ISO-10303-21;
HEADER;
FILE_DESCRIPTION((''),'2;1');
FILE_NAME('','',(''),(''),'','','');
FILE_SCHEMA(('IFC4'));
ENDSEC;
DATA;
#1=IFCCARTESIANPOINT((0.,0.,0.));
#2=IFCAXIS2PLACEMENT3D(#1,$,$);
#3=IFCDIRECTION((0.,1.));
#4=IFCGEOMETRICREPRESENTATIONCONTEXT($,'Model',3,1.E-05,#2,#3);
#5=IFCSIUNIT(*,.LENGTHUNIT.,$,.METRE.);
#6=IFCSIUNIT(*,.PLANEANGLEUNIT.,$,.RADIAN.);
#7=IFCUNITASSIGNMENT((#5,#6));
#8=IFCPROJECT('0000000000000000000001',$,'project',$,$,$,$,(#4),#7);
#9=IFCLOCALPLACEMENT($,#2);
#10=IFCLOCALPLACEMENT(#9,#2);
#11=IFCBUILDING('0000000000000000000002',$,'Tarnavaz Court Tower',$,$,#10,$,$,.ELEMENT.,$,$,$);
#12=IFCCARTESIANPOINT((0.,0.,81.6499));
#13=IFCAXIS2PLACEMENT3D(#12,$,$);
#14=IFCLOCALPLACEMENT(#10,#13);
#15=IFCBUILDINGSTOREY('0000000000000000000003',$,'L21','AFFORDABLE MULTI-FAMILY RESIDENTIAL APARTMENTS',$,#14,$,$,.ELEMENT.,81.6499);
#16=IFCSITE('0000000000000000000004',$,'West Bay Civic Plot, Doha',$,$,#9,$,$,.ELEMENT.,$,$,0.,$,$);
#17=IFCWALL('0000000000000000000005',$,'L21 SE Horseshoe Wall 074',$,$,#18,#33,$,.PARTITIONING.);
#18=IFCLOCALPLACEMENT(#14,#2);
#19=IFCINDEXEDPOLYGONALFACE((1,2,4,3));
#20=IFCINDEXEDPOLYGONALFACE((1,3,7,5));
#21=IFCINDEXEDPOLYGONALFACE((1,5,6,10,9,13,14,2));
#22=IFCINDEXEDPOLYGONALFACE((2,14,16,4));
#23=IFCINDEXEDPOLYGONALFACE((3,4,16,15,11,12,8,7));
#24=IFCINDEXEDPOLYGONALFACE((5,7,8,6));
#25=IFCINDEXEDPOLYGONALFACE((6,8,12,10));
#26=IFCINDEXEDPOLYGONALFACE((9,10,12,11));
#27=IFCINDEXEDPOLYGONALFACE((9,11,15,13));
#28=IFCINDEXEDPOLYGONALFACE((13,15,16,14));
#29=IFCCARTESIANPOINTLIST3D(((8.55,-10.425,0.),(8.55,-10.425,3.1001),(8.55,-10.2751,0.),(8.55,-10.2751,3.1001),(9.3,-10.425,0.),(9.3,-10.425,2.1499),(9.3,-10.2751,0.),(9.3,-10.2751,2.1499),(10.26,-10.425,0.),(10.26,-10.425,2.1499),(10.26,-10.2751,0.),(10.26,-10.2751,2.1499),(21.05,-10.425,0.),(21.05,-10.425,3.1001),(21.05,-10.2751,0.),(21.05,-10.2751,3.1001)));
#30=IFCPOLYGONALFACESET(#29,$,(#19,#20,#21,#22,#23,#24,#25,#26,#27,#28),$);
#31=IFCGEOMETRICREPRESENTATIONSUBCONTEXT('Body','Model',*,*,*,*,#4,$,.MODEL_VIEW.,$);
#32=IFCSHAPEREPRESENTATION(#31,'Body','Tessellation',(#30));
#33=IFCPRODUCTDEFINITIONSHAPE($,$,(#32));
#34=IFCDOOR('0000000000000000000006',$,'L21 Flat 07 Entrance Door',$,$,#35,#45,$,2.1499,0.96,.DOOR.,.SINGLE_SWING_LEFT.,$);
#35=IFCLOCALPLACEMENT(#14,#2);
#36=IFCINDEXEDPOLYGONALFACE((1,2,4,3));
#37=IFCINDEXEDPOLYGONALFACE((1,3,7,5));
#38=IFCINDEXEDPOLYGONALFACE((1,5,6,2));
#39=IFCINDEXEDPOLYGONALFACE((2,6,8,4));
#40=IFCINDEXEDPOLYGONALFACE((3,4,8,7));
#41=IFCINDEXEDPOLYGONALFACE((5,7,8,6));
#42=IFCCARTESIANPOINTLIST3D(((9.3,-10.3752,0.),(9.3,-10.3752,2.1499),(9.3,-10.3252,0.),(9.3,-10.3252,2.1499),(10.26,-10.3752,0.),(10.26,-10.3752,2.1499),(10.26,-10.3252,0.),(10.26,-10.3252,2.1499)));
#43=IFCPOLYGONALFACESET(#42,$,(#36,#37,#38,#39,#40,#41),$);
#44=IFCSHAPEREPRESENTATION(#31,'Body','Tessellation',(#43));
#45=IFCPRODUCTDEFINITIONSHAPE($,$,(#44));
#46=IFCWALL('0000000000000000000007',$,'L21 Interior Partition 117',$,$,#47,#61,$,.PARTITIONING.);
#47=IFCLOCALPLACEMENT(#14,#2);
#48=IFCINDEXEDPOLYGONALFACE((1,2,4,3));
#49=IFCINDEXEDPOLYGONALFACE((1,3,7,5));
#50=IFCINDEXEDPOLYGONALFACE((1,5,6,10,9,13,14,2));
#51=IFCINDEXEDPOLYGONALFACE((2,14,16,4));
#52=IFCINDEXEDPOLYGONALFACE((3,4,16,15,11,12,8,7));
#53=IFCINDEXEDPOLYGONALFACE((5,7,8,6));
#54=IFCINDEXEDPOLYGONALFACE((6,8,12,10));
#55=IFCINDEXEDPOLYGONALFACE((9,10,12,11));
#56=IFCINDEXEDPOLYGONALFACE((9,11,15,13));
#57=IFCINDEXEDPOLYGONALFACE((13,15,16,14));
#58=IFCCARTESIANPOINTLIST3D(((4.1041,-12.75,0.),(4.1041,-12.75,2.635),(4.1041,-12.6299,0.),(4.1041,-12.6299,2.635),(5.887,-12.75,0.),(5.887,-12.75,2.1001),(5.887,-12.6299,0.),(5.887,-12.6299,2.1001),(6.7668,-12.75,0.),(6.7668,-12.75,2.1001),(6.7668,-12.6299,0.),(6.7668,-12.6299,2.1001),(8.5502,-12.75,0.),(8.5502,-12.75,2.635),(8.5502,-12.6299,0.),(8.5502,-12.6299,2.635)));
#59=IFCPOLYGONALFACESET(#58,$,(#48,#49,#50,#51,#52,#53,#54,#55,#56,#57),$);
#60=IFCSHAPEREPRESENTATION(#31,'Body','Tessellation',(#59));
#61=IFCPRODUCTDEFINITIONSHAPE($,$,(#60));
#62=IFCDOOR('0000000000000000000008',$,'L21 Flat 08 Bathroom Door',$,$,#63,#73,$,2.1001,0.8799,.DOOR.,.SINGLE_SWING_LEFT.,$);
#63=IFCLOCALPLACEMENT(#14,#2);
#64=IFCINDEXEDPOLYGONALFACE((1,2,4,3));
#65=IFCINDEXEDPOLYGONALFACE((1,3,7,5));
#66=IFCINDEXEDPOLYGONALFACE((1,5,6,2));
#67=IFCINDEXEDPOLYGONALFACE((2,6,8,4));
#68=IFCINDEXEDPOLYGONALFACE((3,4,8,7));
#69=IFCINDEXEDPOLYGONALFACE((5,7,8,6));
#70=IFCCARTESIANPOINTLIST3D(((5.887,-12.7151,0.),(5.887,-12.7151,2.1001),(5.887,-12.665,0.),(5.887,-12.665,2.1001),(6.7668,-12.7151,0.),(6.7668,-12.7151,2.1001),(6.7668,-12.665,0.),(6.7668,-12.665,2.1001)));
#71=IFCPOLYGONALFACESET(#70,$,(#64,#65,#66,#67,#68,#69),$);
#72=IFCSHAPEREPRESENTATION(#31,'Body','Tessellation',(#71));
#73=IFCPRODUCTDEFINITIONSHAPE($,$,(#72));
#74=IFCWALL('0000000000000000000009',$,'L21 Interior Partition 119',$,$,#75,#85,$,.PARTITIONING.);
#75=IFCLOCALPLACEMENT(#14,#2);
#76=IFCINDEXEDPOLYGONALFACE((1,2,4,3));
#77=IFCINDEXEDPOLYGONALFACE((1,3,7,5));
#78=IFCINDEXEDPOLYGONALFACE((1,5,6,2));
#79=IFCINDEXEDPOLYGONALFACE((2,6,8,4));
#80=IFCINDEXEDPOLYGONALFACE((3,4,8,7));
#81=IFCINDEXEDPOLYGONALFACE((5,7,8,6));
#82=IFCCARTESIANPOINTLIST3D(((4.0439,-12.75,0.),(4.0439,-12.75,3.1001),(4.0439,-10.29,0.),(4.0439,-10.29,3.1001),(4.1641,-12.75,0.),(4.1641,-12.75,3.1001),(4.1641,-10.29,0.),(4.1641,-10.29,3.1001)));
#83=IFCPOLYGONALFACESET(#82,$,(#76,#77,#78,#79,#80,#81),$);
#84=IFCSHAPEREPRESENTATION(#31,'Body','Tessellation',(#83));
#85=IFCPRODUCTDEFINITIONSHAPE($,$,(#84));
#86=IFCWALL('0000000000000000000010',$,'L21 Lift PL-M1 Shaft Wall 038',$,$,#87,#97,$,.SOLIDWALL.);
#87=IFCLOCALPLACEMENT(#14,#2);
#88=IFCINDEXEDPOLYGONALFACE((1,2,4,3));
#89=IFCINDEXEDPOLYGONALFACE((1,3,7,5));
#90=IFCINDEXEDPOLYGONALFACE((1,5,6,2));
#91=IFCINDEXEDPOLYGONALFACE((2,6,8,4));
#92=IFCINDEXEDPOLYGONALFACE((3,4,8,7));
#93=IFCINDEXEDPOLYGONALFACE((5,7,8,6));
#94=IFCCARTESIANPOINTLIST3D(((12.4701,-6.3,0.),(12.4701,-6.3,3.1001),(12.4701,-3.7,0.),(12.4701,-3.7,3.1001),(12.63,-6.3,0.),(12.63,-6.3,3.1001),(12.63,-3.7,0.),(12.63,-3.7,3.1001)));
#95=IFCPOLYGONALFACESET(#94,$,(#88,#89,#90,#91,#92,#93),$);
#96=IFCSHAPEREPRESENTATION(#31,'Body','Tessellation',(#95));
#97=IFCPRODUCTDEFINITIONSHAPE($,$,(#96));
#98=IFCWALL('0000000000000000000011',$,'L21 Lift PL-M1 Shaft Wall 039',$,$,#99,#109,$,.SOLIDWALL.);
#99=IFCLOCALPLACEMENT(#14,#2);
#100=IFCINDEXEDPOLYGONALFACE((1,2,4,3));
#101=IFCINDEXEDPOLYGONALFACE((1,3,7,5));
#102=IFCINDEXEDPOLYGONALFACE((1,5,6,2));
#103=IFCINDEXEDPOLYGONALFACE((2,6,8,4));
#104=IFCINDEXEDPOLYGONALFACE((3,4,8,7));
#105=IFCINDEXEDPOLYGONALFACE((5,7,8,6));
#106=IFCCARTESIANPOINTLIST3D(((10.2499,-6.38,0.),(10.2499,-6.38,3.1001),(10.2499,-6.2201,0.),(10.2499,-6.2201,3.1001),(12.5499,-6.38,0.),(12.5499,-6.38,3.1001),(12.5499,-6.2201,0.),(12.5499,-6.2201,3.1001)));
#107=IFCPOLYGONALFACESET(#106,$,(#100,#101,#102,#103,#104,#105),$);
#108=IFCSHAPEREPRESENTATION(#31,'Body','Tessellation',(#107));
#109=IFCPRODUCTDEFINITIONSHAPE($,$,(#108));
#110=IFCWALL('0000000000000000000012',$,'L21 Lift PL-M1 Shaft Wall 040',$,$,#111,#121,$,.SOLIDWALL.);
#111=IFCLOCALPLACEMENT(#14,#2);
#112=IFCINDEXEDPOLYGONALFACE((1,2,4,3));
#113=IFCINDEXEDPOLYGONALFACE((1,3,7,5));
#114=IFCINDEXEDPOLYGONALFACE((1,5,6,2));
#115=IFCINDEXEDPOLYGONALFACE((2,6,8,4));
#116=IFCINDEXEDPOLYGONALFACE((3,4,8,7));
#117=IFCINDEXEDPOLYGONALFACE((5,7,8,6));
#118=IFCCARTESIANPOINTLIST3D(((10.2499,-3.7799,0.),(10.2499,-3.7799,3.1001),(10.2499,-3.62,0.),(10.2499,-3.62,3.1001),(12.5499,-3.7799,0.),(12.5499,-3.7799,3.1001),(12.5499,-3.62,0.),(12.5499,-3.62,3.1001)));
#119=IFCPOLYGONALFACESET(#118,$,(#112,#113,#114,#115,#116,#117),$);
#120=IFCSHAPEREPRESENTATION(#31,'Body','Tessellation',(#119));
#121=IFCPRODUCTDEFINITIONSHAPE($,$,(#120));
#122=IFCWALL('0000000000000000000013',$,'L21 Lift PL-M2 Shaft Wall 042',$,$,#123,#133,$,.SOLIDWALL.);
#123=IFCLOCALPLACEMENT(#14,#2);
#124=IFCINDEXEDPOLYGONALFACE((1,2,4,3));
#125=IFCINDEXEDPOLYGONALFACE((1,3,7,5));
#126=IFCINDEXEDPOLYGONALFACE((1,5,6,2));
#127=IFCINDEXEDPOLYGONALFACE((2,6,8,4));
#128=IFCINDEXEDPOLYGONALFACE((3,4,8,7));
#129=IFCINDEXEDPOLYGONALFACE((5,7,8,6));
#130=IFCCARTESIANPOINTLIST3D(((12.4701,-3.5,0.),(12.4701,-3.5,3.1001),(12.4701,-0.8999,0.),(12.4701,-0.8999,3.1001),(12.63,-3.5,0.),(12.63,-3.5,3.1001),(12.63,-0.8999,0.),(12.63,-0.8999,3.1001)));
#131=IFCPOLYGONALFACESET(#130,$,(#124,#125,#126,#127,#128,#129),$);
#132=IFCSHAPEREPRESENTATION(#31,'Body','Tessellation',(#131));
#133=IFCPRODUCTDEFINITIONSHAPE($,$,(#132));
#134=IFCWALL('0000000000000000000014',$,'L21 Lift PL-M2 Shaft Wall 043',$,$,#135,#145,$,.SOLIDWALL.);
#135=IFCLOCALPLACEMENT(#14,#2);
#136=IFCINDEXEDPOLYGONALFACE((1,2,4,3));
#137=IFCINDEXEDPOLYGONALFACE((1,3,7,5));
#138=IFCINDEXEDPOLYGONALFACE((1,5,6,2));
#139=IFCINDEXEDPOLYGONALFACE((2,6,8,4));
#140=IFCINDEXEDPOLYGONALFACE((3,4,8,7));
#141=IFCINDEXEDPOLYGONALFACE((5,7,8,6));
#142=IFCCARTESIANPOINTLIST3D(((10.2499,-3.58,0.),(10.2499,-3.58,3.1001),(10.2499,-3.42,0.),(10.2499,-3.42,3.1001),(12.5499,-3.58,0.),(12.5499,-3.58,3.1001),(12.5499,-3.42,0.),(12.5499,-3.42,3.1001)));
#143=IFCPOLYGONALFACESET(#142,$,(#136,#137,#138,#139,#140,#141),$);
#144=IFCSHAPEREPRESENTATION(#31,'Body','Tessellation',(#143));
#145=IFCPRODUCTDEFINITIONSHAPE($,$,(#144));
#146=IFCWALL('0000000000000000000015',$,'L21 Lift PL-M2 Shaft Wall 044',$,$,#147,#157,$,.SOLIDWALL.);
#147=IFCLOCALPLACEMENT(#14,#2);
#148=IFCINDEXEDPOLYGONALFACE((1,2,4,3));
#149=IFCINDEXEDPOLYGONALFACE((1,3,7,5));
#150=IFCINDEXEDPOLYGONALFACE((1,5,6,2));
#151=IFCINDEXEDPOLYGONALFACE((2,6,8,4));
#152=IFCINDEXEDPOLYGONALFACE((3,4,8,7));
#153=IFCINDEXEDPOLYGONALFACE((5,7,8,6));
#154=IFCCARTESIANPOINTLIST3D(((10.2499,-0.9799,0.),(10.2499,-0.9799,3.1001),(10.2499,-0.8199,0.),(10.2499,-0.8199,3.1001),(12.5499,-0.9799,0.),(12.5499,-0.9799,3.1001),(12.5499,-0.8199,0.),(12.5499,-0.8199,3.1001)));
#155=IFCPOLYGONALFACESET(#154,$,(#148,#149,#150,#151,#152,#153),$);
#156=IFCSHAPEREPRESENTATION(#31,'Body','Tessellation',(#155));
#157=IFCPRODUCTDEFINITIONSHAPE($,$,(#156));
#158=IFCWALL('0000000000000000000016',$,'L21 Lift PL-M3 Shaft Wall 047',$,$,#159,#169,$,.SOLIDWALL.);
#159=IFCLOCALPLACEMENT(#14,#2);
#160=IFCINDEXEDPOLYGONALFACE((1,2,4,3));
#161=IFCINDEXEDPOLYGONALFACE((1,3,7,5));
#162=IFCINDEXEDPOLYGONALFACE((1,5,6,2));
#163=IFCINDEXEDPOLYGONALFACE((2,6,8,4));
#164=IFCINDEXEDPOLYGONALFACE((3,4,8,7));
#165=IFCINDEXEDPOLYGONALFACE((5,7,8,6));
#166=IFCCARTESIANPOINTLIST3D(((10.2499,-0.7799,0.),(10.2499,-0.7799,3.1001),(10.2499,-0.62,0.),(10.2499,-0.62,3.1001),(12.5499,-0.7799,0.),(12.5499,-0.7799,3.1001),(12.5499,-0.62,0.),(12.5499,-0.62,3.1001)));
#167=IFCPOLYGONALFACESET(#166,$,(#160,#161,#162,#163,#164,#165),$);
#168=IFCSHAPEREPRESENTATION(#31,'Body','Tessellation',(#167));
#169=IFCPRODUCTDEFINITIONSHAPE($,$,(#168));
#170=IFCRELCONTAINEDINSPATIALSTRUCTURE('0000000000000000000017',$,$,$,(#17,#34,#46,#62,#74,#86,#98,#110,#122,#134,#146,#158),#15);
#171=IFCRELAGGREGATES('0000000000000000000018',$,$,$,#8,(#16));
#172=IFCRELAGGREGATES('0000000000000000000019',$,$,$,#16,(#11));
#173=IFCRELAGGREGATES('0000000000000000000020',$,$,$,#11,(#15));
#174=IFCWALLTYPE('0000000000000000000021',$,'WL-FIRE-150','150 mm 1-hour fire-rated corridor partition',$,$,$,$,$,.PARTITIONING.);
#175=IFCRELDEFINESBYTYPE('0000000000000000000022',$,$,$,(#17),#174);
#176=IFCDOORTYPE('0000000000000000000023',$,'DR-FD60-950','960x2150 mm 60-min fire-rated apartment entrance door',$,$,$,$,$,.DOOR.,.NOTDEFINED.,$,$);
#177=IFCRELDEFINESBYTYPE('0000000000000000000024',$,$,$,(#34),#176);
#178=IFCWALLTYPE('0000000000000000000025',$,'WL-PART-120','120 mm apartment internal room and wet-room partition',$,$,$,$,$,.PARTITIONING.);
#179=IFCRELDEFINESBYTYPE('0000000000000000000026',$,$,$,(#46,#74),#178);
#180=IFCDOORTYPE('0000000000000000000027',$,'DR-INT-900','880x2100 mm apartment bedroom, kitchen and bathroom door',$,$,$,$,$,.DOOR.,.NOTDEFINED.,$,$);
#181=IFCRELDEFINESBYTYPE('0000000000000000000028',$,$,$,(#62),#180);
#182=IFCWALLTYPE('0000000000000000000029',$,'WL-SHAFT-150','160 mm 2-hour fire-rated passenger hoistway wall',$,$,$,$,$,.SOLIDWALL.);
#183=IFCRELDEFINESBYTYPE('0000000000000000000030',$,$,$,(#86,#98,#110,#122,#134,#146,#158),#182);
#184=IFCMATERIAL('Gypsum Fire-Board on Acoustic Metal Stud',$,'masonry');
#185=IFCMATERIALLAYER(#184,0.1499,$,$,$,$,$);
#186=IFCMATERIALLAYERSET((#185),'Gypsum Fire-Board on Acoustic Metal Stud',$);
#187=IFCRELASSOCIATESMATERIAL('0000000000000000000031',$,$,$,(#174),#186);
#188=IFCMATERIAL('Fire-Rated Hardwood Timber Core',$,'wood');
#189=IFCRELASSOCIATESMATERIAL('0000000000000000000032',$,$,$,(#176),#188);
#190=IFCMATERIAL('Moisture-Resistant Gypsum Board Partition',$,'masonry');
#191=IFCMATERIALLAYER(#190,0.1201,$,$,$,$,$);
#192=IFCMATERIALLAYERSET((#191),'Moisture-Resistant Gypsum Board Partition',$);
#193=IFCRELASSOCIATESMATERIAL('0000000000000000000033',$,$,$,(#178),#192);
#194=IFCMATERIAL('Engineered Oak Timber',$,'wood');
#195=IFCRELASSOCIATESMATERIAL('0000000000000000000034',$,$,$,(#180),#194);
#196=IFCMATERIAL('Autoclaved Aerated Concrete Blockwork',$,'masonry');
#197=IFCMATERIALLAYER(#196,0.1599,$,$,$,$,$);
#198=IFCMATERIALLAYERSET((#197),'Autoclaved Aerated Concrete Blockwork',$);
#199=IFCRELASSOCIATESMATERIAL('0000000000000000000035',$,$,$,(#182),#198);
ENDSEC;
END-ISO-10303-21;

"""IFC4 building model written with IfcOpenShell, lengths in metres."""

from ifc_helpers import new_model, si_unit, direction, frame, frame_2d, origin, place, context, subcontext, project, spatial, rectangle, extrude, material, layer, layer_set, type_object, element, fill, save


model = new_model("IFC4")

# Units and contexts
model_context = context("Model", 3, precision=1e-05, world=origin(), true_north=direction((0.0, 1.0)))
body_context = subcontext(model_context, "Body", "Model", "MODEL_VIEW")
ifc_project = project(units=[si_unit("LENGTHUNIT", "METRE"), si_unit("PLANEANGLEUNIT", "RADIAN")], contexts=[model_context])

# Site, building, storey
site_placement = place(None, origin())
site = spatial("IfcSite", under=ifc_project, at=site_placement, Name="West Bay Civic Plot, Doha", CompositionType="ELEMENT", RefElevation=0.0)
building_placement = place(site_placement, origin())
building = spatial("IfcBuilding", under=site, at=building_placement, Name="Tarnavaz Court Tower", CompositionType="ELEMENT")
storey_placement = place(building_placement, frame((0.0, 0.0, 81.6499)))
storey = spatial("IfcBuildingStorey", under=building, at=storey_placement, Name="L21", Description="AFFORDABLE MULTI-FAMILY RESIDENTIAL APARTMENTS", CompositionType="ELEMENT", Elevation=81.6499)

# Walls, openings, doors
ifc_material_1 = material(Name="Gypsum Fire-Board on Acoustic Metal Stud", Category="masonry")
ifc_layer_1 = layer(ifc_material_1, 0.1499)
ifc_layer_set_1 = layer_set([ifc_layer_1], Name="Gypsum Fire-Board on Acoustic Metal Stud")
wall_type_1 = type_object("IfcWallType", Name="WL-FIRE-150", Description="150 mm 1-hour fire-rated corridor partition", PredefinedType="PARTITIONING", material=ifc_layer_set_1)
wall_1_placement = place(storey_placement, frame((8.55, -10.3501, 0.0), z_axis=(0.0, 0.0, 1.0), x_axis=(1.0, 0.0, 0.0)))
wall_1 = element("IfcWall", 1, at=wall_1_placement, inside=storey, type_object=wall_type_1, Name="L21 SE Horseshoe Wall 074", PredefinedType="PARTITIONING", context=body_context, shape_type="SweptSolid", body=[
    extrude(rectangle(XDim=12.5, YDim=0.1499, at=frame_2d((6.25, 0.0))), origin(), (0.0, 0.0, 1.0), 3.1001),
])
opening_1_placement = place(wall_1_placement, frame((0.75, 0.0, 0.0)))
opening_1 = element("IfcOpeningElement", 2, at=opening_1_placement, cuts=wall_1, PredefinedType="OPENING", context=body_context, shape_type="SweptSolid", body=[
    extrude(rectangle(XDim=0.96, YDim=2.1499, at=frame_2d((0.48, 1.075))), frame((0.0, 0.085, 0.0), z_axis=(0.0, -1.0, 0.0), x_axis=(1.0, 0.0, 0.0)), (0.0, 0.0, 1.0), 0.1699),
])
ifc_material_2 = material(Name="Fire-Rated Hardwood Timber Core", Category="wood")
door_type_1 = type_object("IfcDoorType", Name="DR-FD60-950", Description="960x2150 mm 60-min fire-rated apartment entrance door", OperationType="NOTDEFINED", PredefinedType="DOOR", material=ifc_material_2)
door_1_placement = place(opening_1_placement, origin())
door_1 = element("IfcDoor", 3, at=door_1_placement, inside=storey, type_object=door_type_1, Name="L21 Flat 07 Entrance Door", OperationType="SINGLE_SWING_LEFT", OverallHeight=2.1499, OverallWidth=0.96, PredefinedType="DOOR", context=body_context, shape_type="SweptSolid", body=[
    extrude(rectangle(XDim=0.96, YDim=2.1499, at=frame_2d((0.48, 1.075))), frame((0.0, 0.0249, 0.0), z_axis=(0.0, -1.0, 0.0), x_axis=(1.0, 0.0, 0.0)), (0.0, 0.0, 1.0), 0.05),
])
fill(opening_1, door_1)
ifc_material_3 = material(Name="Moisture-Resistant Gypsum Board Partition", Category="masonry")
ifc_layer_2 = layer(ifc_material_3, 0.1201)
ifc_layer_set_2 = layer_set([ifc_layer_2], Name="Moisture-Resistant Gypsum Board Partition")
wall_type_2 = type_object("IfcWallType", Name="WL-PART-120", Description="120 mm apartment internal room and wet-room partition", PredefinedType="PARTITIONING", material=ifc_layer_set_2)
wall_2_placement = place(storey_placement, frame((4.104, -12.6899, 0.0), z_axis=(0.0, 0.0, 1.0), x_axis=(1.0, 0.0, 0.0)))
wall_2 = element("IfcWall", 4, at=wall_2_placement, inside=storey, type_object=wall_type_2, Name="L21 Interior Partition 117", PredefinedType="PARTITIONING", context=body_context, shape_type="SweptSolid", body=[
    extrude(rectangle(XDim=4.446, YDim=0.1201, at=frame_2d((2.2231, 0.0))), origin(), (0.0, 0.0, 1.0), 2.635),
])
opening_2_placement = place(wall_2_placement, frame((1.783, 0.0, 0.0)))
opening_2 = element("IfcOpeningElement", 5, at=opening_2_placement, cuts=wall_2, PredefinedType="OPENING", context=body_context, shape_type="SweptSolid", body=[
    extrude(rectangle(XDim=0.8799, YDim=2.1001, at=frame_2d((0.4399, 1.05))), frame((0.0, 0.0701, 0.0), z_axis=(0.0, -1.0, 0.0), x_axis=(1.0, 0.0, 0.0)), (0.0, 0.0, 1.0), 0.1401),
])
ifc_material_4 = material(Name="Engineered Oak Timber", Category="wood")
door_type_2 = type_object("IfcDoorType", Name="DR-INT-900", Description="880x2100 mm apartment bedroom, kitchen and bathroom door", OperationType="NOTDEFINED", PredefinedType="DOOR", material=ifc_material_4)
door_2_placement = place(opening_2_placement, origin())
door_2 = element("IfcDoor", 6, at=door_2_placement, inside=storey, type_object=door_type_2, Name="L21 Flat 08 Bathroom Door", OperationType="SINGLE_SWING_LEFT", OverallHeight=2.1001, OverallWidth=0.8799, PredefinedType="DOOR", context=body_context, shape_type="SweptSolid", body=[
    extrude(rectangle(XDim=0.8799, YDim=2.1001, at=frame_2d((0.4399, 1.05))), frame((0.0, 0.0249, 0.0), z_axis=(0.0, -1.0, 0.0), x_axis=(1.0, 0.0, 0.0)), (0.0, 0.0, 1.0), 0.05),
])
fill(opening_2, door_2)

# Wall
wall_3_placement = place(storey_placement, frame((4.104, -12.75, 0.0), z_axis=(0.0, 0.0, 1.0), x_axis=(0.0, 1.0, 0.0)))
element("IfcWall", 7, at=wall_3_placement, inside=storey, type_object=wall_type_2, Name="L21 Interior Partition 119", PredefinedType="PARTITIONING", context=body_context, shape_type="SweptSolid", body=[
    extrude(rectangle(XDim=2.46, YDim=0.1201, at=frame_2d((1.23, 0.0))), origin(), (0.0, 0.0, 1.0), 3.1001),
])

# Shared definitions
ifc_material_5 = material(Name="Autoclaved Aerated Concrete Blockwork", Category="masonry")
ifc_layer_3 = layer(ifc_material_5, 0.1599)
ifc_layer_set_3 = layer_set([ifc_layer_3], Name="Autoclaved Aerated Concrete Blockwork")
wall_type_3 = type_object("IfcWallType", Name="WL-SHAFT-150", Description="160 mm 2-hour fire-rated passenger hoistway wall", PredefinedType="SOLIDWALL", material=ifc_layer_set_3)

# Walls
wall_4_placement = place(storey_placement, frame((12.55, -6.3, 0.0), z_axis=(0.0, 0.0, 1.0), x_axis=(0.0, 1.0, 0.0)))
element("IfcWall", 8, at=wall_4_placement, inside=storey, type_object=wall_type_3, Name="L21 Lift PL-M1 Shaft Wall 038", PredefinedType="SOLIDWALL", context=body_context, shape_type="SweptSolid", body=[
    extrude(rectangle(XDim=2.6001, YDim=0.1599, at=frame_2d((1.3, 0.0))), origin(), (0.0, 0.0, 1.0), 3.1001),
])
for number, where, z_axis, x_axis, name in (
    (9, (10.25, -6.3, 0.0), (0.0, 0.0, 1.0), (1.0, 0.0, 0.0), "L21 Lift PL-M1 Shaft Wall 039"),
    (10, (10.25, -3.7, 0.0), (0.0, 0.0, 1.0), (1.0, 0.0, 0.0), "L21 Lift PL-M1 Shaft Wall 040"),
):
    element("IfcWall", number, at=place(storey_placement, frame(where, z_axis=z_axis, x_axis=x_axis)), inside=storey, type_object=wall_type_3, Name=name, PredefinedType="SOLIDWALL", context=body_context, shape_type="SweptSolid", body=[
        extrude(rectangle(XDim=2.3, YDim=0.1599, at=frame_2d((1.1499, 0.0))), origin(), (0.0, 0.0, 1.0), 3.1001),
    ])

# Walls
wall_5_placement = place(storey_placement, frame((12.55, -3.5, 0.0), z_axis=(0.0, 0.0, 1.0), x_axis=(0.0, 1.0, 0.0)))
element("IfcWall", 11, at=wall_5_placement, inside=storey, type_object=wall_type_3, Name="L21 Lift PL-M2 Shaft Wall 042", PredefinedType="SOLIDWALL", context=body_context, shape_type="SweptSolid", body=[
    extrude(rectangle(XDim=2.6001, YDim=0.1599, at=frame_2d((1.3, 0.0))), origin(), (0.0, 0.0, 1.0), 3.1001),
])
for number, where, z_axis, x_axis, name in (
    (12, (10.25, -3.5, 0.0), (0.0, 0.0, 1.0), (1.0, 0.0, 0.0), "L21 Lift PL-M2 Shaft Wall 043"),
    (13, (10.25, -0.8999, 0.0), (0.0, 0.0, 1.0), (1.0, 0.0, 0.0), "L21 Lift PL-M2 Shaft Wall 044"),
):
    element("IfcWall", number, at=place(storey_placement, frame(where, z_axis=z_axis, x_axis=x_axis)), inside=storey, type_object=wall_type_3, Name=name, PredefinedType="SOLIDWALL", context=body_context, shape_type="SweptSolid", body=[
        extrude(rectangle(XDim=2.3, YDim=0.1599, at=frame_2d((1.1499, 0.0))), origin(), (0.0, 0.0, 1.0), 3.1001),
    ])

# Wall
wall_6_placement = place(storey_placement, frame((10.25, -0.7, 0.0), z_axis=(0.0, 0.0, 1.0), x_axis=(1.0, 0.0, 0.0)))
element("IfcWall", 14, at=wall_6_placement, inside=storey, type_object=wall_type_3, Name="L21 Lift PL-M3 Shaft Wall 047", PredefinedType="SOLIDWALL", context=body_context, shape_type="SweptSolid", body=[
    extrude(rectangle(XDim=2.3, YDim=0.1599, at=frame_2d((1.1499, 0.0))), origin(), (0.0, 0.0, 1.0), 3.1001),
])

save(model, "model.ifc")
